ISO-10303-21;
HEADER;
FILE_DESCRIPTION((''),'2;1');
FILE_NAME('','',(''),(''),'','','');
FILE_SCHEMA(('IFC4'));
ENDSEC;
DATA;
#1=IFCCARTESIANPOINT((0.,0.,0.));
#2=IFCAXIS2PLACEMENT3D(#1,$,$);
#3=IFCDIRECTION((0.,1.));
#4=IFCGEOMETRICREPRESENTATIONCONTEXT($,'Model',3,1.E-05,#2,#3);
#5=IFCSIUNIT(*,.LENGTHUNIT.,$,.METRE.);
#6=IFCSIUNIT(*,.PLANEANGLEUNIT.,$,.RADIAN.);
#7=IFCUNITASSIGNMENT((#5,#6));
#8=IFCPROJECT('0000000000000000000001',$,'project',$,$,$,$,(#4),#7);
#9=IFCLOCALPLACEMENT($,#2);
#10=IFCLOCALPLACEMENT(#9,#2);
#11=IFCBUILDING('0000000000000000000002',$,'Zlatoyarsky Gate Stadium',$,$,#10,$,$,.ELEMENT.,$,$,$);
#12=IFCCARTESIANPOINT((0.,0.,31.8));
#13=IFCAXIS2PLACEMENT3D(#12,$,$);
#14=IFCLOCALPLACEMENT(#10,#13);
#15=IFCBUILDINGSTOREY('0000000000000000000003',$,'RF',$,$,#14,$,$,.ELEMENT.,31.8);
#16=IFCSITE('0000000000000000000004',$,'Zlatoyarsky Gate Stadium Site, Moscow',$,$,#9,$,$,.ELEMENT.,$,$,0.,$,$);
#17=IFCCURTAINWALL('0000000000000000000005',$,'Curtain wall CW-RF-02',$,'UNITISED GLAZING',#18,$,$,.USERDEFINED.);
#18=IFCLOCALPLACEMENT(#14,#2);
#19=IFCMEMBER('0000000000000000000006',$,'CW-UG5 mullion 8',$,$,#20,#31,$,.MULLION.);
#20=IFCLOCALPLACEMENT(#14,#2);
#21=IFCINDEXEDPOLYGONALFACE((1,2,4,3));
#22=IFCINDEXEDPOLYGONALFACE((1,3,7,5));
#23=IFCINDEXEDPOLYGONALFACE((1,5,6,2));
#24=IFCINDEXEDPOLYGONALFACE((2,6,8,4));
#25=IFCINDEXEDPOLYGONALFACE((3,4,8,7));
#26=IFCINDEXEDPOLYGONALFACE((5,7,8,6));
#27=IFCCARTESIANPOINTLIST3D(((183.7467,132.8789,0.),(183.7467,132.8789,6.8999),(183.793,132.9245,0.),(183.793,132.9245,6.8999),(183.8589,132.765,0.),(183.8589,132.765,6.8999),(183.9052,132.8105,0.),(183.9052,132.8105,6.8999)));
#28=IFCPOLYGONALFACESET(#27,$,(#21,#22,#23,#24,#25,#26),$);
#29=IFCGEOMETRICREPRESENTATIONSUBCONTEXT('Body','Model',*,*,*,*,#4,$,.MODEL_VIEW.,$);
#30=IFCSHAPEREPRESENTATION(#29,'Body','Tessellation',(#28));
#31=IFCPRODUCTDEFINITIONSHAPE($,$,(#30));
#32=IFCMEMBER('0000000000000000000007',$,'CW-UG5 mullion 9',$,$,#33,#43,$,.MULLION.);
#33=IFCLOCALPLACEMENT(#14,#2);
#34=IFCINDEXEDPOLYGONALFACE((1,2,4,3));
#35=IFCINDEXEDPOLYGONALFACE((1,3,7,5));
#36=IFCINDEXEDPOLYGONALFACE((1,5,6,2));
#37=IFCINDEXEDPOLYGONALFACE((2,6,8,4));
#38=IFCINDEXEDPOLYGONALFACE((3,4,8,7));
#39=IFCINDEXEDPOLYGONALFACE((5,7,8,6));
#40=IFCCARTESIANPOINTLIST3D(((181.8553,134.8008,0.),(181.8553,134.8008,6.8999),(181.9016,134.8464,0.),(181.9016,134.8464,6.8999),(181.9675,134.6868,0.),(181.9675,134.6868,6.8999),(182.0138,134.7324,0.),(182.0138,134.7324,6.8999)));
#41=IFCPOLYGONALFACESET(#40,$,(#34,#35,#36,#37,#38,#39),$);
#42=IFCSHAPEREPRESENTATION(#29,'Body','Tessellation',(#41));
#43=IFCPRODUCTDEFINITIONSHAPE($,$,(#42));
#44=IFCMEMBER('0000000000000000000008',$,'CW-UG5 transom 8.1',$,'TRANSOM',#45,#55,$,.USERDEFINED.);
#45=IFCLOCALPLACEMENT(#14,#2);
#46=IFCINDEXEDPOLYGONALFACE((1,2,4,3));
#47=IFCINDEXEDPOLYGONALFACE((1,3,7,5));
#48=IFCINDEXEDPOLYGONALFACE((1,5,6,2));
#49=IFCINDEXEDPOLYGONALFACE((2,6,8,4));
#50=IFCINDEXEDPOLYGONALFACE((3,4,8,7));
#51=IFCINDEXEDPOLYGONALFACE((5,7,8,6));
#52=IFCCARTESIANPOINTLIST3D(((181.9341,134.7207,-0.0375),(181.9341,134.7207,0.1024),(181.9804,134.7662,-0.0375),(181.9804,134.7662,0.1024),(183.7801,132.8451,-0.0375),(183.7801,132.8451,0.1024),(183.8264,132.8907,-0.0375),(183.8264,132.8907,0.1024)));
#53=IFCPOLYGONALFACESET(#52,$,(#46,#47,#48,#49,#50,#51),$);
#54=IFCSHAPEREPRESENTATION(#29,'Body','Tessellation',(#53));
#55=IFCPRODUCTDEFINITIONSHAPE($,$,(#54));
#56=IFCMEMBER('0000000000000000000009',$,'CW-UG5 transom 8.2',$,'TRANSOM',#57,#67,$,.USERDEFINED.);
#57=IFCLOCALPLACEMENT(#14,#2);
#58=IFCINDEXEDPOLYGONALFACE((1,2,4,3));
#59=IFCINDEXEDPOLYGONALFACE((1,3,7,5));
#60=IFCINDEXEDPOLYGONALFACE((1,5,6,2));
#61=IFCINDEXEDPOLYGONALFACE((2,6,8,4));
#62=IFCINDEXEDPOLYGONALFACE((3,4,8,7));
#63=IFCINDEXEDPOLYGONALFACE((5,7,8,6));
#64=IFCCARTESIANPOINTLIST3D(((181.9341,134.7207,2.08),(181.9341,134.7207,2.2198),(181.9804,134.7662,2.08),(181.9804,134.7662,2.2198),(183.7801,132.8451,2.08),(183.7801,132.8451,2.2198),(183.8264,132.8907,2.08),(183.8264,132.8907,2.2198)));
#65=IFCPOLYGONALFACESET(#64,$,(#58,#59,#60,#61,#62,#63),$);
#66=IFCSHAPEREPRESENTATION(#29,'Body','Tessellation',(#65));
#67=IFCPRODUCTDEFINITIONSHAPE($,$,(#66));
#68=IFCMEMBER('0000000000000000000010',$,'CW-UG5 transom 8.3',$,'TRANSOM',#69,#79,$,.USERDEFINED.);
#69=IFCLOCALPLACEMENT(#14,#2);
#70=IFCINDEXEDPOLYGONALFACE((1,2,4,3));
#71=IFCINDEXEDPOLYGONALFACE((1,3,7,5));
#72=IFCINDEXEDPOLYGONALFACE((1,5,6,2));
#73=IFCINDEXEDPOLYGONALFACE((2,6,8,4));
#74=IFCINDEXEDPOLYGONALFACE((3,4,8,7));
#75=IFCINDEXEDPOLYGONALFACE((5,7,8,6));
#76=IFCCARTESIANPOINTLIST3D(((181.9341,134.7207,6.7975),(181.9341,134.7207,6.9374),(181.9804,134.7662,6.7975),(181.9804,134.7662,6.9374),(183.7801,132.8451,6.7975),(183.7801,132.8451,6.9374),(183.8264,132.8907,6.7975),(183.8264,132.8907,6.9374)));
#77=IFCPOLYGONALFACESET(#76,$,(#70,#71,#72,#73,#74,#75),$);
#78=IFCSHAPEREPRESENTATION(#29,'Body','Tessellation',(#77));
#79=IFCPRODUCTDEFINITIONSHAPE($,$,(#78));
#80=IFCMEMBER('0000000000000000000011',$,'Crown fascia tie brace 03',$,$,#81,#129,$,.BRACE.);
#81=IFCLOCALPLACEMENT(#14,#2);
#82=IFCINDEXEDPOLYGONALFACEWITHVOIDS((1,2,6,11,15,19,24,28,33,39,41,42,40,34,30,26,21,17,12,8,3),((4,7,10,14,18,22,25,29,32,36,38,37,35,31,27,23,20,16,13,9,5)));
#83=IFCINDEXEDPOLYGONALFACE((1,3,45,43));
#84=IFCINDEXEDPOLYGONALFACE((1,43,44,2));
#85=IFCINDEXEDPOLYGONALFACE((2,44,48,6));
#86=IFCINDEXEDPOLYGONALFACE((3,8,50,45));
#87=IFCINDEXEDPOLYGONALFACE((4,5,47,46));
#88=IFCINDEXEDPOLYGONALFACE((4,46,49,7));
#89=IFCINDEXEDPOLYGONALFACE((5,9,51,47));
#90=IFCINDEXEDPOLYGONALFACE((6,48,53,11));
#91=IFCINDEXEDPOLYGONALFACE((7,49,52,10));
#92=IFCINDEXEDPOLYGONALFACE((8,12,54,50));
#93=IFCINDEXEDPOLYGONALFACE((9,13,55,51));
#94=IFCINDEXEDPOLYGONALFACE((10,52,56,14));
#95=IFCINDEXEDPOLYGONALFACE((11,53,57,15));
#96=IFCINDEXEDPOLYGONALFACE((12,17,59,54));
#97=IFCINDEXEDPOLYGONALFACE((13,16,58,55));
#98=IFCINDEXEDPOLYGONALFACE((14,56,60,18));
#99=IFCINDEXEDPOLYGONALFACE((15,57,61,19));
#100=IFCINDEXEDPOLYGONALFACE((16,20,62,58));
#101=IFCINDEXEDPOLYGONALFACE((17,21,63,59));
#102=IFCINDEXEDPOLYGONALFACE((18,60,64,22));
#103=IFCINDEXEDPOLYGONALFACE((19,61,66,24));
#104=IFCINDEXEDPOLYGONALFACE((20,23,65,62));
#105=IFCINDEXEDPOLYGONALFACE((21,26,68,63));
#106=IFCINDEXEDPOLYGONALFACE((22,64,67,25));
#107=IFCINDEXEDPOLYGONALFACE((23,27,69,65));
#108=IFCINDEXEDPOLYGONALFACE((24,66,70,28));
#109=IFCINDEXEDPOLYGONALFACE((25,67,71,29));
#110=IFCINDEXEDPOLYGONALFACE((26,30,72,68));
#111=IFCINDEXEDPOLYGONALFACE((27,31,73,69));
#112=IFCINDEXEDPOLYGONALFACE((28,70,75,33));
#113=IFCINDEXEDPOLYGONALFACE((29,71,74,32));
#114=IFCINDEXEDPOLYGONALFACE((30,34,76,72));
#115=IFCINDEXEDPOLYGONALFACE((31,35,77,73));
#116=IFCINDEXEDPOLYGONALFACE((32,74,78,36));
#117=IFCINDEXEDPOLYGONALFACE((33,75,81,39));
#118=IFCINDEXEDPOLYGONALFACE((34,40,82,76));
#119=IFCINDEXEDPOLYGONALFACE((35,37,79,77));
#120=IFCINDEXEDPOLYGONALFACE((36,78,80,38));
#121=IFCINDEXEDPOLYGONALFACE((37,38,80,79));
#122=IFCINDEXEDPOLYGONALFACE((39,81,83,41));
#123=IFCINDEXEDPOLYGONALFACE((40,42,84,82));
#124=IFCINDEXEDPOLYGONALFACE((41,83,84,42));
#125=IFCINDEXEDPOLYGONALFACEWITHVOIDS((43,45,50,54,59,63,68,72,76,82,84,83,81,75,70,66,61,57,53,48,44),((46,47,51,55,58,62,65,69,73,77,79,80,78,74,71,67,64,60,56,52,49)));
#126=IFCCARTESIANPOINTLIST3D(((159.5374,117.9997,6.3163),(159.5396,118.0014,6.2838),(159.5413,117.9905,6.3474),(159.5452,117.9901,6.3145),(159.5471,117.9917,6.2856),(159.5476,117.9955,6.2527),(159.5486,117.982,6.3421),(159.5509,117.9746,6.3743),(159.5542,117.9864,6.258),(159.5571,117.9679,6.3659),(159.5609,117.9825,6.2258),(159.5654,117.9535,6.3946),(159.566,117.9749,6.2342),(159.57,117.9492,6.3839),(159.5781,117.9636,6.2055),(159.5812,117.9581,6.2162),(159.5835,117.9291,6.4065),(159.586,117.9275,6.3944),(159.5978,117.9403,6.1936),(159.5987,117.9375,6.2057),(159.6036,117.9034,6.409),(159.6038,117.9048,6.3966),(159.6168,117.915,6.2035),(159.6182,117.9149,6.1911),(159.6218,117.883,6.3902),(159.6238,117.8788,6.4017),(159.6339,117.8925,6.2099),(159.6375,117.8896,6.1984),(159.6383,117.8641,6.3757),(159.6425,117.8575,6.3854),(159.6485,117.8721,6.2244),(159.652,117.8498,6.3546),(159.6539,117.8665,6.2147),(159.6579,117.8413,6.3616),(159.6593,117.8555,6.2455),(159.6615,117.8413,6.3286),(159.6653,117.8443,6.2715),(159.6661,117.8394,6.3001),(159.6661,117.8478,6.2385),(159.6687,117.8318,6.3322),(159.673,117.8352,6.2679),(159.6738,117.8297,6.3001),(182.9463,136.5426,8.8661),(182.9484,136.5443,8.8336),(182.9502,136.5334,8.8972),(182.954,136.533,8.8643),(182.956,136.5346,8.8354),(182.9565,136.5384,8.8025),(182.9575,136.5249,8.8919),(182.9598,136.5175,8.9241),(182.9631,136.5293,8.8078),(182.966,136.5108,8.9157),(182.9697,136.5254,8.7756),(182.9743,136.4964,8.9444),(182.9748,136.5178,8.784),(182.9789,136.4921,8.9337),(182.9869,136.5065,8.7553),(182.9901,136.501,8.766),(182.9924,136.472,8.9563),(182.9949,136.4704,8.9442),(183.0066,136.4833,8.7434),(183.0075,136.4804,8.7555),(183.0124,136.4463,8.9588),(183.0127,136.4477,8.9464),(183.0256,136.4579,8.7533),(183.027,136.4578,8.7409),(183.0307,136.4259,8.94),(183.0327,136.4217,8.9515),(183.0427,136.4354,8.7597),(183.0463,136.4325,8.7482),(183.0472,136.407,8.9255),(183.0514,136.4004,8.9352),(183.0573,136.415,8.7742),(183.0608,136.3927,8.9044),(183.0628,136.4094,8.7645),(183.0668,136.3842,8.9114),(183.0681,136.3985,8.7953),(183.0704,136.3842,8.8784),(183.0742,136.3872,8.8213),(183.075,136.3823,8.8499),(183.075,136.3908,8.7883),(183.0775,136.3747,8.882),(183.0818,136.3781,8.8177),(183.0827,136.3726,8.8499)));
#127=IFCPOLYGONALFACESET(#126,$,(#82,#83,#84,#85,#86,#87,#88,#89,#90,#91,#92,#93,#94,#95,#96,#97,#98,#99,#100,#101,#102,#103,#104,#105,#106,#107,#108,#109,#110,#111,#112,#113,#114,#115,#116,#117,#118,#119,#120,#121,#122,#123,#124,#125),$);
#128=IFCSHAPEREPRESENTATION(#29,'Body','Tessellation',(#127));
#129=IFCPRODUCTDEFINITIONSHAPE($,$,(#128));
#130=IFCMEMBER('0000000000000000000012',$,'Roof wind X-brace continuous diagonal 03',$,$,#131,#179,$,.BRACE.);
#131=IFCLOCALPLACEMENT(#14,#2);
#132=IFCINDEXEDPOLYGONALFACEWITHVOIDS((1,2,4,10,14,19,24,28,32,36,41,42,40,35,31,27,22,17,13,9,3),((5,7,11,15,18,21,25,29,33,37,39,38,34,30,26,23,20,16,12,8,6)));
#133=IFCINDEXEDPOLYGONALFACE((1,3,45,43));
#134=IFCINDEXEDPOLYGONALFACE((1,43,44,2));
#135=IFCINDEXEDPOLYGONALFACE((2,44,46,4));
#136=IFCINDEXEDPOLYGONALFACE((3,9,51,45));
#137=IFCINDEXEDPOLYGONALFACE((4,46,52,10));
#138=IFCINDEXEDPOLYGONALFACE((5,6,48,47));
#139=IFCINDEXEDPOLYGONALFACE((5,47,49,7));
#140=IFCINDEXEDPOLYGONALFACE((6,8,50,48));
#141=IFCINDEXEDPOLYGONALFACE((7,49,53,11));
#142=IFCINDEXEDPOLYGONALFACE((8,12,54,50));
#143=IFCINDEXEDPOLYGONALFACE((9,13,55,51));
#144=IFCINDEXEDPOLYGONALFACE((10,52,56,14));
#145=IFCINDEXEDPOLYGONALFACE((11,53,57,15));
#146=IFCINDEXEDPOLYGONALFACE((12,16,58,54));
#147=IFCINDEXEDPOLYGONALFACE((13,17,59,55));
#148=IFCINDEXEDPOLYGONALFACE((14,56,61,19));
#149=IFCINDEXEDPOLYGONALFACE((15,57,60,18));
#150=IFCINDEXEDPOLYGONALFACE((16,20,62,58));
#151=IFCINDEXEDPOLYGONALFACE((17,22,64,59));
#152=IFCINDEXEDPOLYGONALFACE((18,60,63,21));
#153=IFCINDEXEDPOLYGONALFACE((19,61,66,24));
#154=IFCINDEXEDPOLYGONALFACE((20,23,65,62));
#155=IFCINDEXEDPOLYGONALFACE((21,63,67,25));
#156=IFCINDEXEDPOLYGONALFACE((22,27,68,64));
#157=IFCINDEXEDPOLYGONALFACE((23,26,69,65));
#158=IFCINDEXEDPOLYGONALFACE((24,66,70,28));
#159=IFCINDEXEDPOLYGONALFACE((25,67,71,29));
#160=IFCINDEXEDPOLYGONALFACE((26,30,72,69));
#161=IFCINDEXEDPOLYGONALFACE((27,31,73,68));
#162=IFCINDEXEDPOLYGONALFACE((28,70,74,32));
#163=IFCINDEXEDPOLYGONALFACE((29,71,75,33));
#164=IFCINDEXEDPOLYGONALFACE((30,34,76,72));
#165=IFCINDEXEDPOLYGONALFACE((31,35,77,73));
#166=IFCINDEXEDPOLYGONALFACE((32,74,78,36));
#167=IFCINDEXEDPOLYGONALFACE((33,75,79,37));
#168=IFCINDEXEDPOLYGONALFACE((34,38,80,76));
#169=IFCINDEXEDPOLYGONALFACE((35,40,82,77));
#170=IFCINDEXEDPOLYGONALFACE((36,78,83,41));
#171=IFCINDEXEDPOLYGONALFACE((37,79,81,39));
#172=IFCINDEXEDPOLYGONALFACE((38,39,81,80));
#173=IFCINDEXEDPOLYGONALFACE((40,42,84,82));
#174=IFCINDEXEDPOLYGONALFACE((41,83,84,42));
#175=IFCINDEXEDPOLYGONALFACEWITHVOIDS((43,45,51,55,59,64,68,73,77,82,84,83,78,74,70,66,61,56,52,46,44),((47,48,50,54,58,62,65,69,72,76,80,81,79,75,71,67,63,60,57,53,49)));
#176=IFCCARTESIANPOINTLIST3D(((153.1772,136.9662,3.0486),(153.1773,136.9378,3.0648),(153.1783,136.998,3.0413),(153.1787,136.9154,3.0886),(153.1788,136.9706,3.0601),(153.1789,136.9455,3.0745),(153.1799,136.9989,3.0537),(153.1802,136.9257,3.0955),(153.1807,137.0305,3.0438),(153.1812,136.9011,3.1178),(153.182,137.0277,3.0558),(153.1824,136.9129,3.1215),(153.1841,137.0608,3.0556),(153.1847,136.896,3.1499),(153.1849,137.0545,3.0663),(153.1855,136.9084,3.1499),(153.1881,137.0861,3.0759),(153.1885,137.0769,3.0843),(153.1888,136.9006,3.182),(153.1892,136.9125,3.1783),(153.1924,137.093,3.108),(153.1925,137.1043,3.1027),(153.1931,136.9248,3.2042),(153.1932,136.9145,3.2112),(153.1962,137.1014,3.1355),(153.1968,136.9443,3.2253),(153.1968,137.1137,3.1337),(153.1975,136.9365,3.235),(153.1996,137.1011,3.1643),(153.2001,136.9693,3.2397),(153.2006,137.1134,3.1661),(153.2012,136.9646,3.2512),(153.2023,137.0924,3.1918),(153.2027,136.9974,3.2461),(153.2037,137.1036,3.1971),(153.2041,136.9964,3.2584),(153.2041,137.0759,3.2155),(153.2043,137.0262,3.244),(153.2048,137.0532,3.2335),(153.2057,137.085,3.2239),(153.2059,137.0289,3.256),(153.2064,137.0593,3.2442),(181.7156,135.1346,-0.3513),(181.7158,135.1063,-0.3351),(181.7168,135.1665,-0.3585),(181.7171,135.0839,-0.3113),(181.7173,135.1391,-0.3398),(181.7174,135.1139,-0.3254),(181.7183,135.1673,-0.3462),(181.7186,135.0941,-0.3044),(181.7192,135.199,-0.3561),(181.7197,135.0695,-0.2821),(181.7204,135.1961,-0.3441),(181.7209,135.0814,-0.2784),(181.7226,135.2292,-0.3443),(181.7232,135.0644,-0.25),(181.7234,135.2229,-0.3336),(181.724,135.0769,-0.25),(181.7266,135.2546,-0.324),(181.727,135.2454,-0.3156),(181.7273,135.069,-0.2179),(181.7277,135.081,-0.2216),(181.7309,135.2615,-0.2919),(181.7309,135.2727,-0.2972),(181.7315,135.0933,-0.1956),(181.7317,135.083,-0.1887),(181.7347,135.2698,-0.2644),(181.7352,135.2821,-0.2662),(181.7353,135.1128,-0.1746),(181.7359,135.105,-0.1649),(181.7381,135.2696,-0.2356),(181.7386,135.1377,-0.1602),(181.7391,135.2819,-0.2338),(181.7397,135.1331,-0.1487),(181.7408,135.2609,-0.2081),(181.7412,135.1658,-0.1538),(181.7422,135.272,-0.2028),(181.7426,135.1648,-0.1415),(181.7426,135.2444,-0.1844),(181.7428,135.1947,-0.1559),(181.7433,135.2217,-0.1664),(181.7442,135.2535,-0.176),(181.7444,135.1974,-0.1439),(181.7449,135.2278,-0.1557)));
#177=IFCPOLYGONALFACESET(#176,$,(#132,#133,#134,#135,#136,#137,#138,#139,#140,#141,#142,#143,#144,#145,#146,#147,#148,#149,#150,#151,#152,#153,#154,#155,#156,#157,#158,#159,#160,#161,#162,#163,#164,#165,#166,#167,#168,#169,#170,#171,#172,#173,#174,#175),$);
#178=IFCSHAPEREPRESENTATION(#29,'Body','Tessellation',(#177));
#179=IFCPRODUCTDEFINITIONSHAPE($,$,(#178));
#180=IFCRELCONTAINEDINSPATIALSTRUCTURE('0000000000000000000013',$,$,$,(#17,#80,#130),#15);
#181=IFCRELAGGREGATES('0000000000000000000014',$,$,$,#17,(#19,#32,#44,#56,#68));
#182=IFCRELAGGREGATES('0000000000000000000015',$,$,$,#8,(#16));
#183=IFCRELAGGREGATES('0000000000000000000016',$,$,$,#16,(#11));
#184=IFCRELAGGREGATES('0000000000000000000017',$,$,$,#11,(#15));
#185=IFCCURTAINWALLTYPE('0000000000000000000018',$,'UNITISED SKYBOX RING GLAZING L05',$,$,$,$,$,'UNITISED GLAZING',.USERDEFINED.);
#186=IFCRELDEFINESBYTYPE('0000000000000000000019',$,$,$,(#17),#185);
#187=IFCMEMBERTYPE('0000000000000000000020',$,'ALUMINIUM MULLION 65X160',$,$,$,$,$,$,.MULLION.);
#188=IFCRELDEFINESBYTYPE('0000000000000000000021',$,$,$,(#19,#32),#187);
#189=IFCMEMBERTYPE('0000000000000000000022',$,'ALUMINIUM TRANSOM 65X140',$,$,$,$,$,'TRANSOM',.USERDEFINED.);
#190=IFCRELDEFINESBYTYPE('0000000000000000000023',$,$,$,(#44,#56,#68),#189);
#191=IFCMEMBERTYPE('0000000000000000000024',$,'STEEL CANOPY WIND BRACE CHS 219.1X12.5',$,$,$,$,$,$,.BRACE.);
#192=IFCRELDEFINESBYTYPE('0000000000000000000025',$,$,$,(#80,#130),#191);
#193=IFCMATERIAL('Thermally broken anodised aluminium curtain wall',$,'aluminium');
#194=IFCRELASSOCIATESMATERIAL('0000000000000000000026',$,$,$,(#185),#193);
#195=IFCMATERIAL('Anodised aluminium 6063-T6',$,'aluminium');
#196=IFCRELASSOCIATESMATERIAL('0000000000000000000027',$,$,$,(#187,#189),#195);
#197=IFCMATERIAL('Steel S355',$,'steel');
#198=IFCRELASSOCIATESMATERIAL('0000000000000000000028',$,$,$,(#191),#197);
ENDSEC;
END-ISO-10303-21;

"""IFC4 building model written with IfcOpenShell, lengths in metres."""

from ifc_helpers import new_model, si_unit, direction, frame, origin, origin_2d, place, context, subcontext, project, spatial, rectangle, hollow_circle, extrude, material, material_profile, profile_set, type_object, element, aggregate, save


model = new_model("IFC4")

# Units and contexts
model_context = context("Model", 3, precision=1e-05, world=origin(), true_north=direction((0.0, 1.0)))
body_context = subcontext(model_context, "Body", "Model", "MODEL_VIEW")
ifc_project = project(units=[si_unit("LENGTHUNIT", "METRE"), si_unit("PLANEANGLEUNIT", "RADIAN")], contexts=[model_context])

# Site, building, storey
site_placement = place(None, origin())
site = spatial("IfcSite", under=ifc_project, at=site_placement, Name="Zlatoyarsky Gate Stadium Site, Moscow", CompositionType="ELEMENT", RefElevation=0.0)
building_placement = place(site_placement, origin())
building = spatial("IfcBuilding", under=site, at=building_placement, Name="Zlatoyarsky Gate Stadium", CompositionType="ELEMENT")
storey_placement = place(building_placement, frame((0.0, 0.0, 31.8)))
storey = spatial("IfcBuildingStorey", under=building, at=storey_placement, Name="RF", CompositionType="ELEMENT", Elevation=31.8)

# Curtain wall, members
ifc_material_1 = material(Name="Thermally broken anodised aluminium curtain wall", Category="aluminium")
curtain_wall_type = type_object("IfcCurtainWallType", Name="UNITISED SKYBOX RING GLAZING L05", ElementType="UNITISED GLAZING", PredefinedType="USERDEFINED", material=ifc_material_1)
curtain_wall_placement = place(storey_placement, origin())
curtain_wall = element("IfcCurtainWall", 1, at=curtain_wall_placement, inside=storey, type_object=curtain_wall_type, Name="Curtain wall CW-RF-02", ObjectType="UNITISED GLAZING", PredefinedType="USERDEFINED")
ifc_material_2 = material(Name="Anodised aluminium 6063-T6", Category="aluminium")
ifc_material_profile_1 = material_profile(ifc_material_2, rectangle(XDim=0.0649, YDim=0.1599, at=origin_2d()), Name="ALU 65X160")
ifc_profile_set_1 = profile_set([ifc_material_profile_1], Name="Anodised aluminium 6063-T6")
member_type_1 = type_object("IfcMemberType", Name="ALUMINIUM MULLION 65X160", PredefinedType="MULLION", material=ifc_profile_set_1)
member_1_placement = place(storey_placement, frame((183.8259, 132.8447, 0.0), z_axis=(0.0, 0.0, 1.0), x_axis=(-0.712766, -0.701402, 0.0)))
member_1 = element("IfcMember", 2, at=member_1_placement, type_object=member_type_1, Name="CW-UG5 mullion 8", PredefinedType="MULLION", context=body_context, shape_type="SweptSolid", body=[
    extrude(rectangle(XDim=0.0649, YDim=0.1599, at=origin_2d()), origin(), (0.0, 0.0, 1.0), 6.8999),
])
member_2_placement = place(storey_placement, frame((181.9346, 134.7666, 0.0), z_axis=(0.0, 0.0, 1.0), x_axis=(-0.712766, -0.701402, 0.0)))
member_2 = element("IfcMember", 3, at=member_2_placement, type_object=member_type_1, Name="CW-UG5 mullion 9", PredefinedType="MULLION", context=body_context, shape_type="SweptSolid", body=[
    extrude(rectangle(XDim=0.0649, YDim=0.1599, at=origin_2d()), origin(), (0.0, 0.0, 1.0), 6.8999),
])
ifc_material_profile_2 = material_profile(ifc_material_2, rectangle(XDim=0.0649, YDim=0.1399, at=origin_2d()), Name="ALU 65X140")
ifc_profile_set_2 = profile_set([ifc_material_profile_2], Name="Anodised aluminium 6063-T6")
member_type_2 = type_object("IfcMemberType", Name="ALUMINIUM TRANSOM 65X140", ElementType="TRANSOM", PredefinedType="USERDEFINED", material=ifc_profile_set_2)
member_3_placement = place(storey_placement, frame((183.8032, 132.8679, 0.0325), z_axis=(-0.701472, 0.712697, 0.0), x_axis=(-0.712697, -0.701472, 0.0)))
member_3 = element("IfcMember", 4, at=member_3_placement, type_object=member_type_2, Name="CW-UG5 transom 8.1", ObjectType="TRANSOM", PredefinedType="USERDEFINED", context=body_context, shape_type="SweptSolid", body=[
    extrude(rectangle(XDim=0.0649, YDim=0.1399, at=origin_2d()), origin(), (0.0, 0.0, 1.0), 2.6316),
])
member_4_placement = place(storey_placement, frame((183.8032, 132.8679, 2.1499), z_axis=(-0.701472, 0.712697, 0.0), x_axis=(-0.712697, -0.701472, 0.0)))
member_4 = element("IfcMember", 5, at=member_4_placement, type_object=member_type_2, Name="CW-UG5 transom 8.2", ObjectType="TRANSOM", PredefinedType="USERDEFINED", context=body_context, shape_type="SweptSolid", body=[
    extrude(rectangle(XDim=0.0649, YDim=0.1399, at=origin_2d()), origin(), (0.0, 0.0, 1.0), 2.6316),
])
member_5_placement = place(storey_placement, frame((183.8032, 132.8679, 6.8674), z_axis=(-0.701472, 0.712697, 0.0), x_axis=(-0.712697, -0.701472, 0.0)))
member_5 = element("IfcMember", 6, at=member_5_placement, type_object=member_type_2, Name="CW-UG5 transom 8.3", ObjectType="TRANSOM", PredefinedType="USERDEFINED", context=body_context, shape_type="SweptSolid", body=[
    extrude(rectangle(XDim=0.0649, YDim=0.1399, at=origin_2d()), origin(), (0.0, 0.0, 1.0), 2.6316),
])

# Members
ifc_material_3 = material(Name="Steel S355", Category="steel")
ifc_material_profile_3 = material_profile(ifc_material_3, hollow_circle(Radius=0.1096, WallThickness=0.0125, at=origin_2d()), Name="CHS 219.1X12.5")
ifc_profile_set_3 = profile_set([ifc_material_profile_3], Name="Steel S355")
member_type_3 = type_object("IfcMemberType", Name="STEEL CANOPY WIND BRACE CHS 219.1X12.5", PredefinedType="BRACE", material=ifc_profile_set_3)
member_6_placement = place(storey_placement, frame((183.0146, 136.4585, 8.8499), z_axis=(-0.781027, -0.618676, -0.085073), x_axis=(0.620927, -0.783868, 0.0)))
element("IfcMember", 7, at=member_6_placement, inside=storey, type_object=member_type_3, Name="Crown fascia tie brace 03", PredefinedType="BRACE", context=body_context, shape_type="SweptSolid", body=[
    extrude(hollow_circle(Radius=0.1096, WallThickness=0.0125, at=origin_2d()), origin(), (0.0, 0.0, 1.0), 29.9719),
])
member_7_placement = place(storey_placement, frame((181.7302, 135.1738, -0.25), z_axis=(-0.990968, 0.063598, 0.118058), x_axis=(-0.064046, -0.997947, 0.0)))
element("IfcMember", 8, at=member_7_placement, inside=storey, type_object=member_type_3, Name="Roof wind X-brace continuous diagonal 03", PredefinedType="BRACE", context=body_context, shape_type="SweptSolid", body=[
    extrude(hollow_circle(Radius=0.1096, WallThickness=0.0125, at=origin_2d()), origin(), (0.0, 0.0, 1.0), 28.7986),
])

aggregate(curtain_wall, [member_1, member_2, member_3, member_4, member_5])

save(model, "model.ifc")
